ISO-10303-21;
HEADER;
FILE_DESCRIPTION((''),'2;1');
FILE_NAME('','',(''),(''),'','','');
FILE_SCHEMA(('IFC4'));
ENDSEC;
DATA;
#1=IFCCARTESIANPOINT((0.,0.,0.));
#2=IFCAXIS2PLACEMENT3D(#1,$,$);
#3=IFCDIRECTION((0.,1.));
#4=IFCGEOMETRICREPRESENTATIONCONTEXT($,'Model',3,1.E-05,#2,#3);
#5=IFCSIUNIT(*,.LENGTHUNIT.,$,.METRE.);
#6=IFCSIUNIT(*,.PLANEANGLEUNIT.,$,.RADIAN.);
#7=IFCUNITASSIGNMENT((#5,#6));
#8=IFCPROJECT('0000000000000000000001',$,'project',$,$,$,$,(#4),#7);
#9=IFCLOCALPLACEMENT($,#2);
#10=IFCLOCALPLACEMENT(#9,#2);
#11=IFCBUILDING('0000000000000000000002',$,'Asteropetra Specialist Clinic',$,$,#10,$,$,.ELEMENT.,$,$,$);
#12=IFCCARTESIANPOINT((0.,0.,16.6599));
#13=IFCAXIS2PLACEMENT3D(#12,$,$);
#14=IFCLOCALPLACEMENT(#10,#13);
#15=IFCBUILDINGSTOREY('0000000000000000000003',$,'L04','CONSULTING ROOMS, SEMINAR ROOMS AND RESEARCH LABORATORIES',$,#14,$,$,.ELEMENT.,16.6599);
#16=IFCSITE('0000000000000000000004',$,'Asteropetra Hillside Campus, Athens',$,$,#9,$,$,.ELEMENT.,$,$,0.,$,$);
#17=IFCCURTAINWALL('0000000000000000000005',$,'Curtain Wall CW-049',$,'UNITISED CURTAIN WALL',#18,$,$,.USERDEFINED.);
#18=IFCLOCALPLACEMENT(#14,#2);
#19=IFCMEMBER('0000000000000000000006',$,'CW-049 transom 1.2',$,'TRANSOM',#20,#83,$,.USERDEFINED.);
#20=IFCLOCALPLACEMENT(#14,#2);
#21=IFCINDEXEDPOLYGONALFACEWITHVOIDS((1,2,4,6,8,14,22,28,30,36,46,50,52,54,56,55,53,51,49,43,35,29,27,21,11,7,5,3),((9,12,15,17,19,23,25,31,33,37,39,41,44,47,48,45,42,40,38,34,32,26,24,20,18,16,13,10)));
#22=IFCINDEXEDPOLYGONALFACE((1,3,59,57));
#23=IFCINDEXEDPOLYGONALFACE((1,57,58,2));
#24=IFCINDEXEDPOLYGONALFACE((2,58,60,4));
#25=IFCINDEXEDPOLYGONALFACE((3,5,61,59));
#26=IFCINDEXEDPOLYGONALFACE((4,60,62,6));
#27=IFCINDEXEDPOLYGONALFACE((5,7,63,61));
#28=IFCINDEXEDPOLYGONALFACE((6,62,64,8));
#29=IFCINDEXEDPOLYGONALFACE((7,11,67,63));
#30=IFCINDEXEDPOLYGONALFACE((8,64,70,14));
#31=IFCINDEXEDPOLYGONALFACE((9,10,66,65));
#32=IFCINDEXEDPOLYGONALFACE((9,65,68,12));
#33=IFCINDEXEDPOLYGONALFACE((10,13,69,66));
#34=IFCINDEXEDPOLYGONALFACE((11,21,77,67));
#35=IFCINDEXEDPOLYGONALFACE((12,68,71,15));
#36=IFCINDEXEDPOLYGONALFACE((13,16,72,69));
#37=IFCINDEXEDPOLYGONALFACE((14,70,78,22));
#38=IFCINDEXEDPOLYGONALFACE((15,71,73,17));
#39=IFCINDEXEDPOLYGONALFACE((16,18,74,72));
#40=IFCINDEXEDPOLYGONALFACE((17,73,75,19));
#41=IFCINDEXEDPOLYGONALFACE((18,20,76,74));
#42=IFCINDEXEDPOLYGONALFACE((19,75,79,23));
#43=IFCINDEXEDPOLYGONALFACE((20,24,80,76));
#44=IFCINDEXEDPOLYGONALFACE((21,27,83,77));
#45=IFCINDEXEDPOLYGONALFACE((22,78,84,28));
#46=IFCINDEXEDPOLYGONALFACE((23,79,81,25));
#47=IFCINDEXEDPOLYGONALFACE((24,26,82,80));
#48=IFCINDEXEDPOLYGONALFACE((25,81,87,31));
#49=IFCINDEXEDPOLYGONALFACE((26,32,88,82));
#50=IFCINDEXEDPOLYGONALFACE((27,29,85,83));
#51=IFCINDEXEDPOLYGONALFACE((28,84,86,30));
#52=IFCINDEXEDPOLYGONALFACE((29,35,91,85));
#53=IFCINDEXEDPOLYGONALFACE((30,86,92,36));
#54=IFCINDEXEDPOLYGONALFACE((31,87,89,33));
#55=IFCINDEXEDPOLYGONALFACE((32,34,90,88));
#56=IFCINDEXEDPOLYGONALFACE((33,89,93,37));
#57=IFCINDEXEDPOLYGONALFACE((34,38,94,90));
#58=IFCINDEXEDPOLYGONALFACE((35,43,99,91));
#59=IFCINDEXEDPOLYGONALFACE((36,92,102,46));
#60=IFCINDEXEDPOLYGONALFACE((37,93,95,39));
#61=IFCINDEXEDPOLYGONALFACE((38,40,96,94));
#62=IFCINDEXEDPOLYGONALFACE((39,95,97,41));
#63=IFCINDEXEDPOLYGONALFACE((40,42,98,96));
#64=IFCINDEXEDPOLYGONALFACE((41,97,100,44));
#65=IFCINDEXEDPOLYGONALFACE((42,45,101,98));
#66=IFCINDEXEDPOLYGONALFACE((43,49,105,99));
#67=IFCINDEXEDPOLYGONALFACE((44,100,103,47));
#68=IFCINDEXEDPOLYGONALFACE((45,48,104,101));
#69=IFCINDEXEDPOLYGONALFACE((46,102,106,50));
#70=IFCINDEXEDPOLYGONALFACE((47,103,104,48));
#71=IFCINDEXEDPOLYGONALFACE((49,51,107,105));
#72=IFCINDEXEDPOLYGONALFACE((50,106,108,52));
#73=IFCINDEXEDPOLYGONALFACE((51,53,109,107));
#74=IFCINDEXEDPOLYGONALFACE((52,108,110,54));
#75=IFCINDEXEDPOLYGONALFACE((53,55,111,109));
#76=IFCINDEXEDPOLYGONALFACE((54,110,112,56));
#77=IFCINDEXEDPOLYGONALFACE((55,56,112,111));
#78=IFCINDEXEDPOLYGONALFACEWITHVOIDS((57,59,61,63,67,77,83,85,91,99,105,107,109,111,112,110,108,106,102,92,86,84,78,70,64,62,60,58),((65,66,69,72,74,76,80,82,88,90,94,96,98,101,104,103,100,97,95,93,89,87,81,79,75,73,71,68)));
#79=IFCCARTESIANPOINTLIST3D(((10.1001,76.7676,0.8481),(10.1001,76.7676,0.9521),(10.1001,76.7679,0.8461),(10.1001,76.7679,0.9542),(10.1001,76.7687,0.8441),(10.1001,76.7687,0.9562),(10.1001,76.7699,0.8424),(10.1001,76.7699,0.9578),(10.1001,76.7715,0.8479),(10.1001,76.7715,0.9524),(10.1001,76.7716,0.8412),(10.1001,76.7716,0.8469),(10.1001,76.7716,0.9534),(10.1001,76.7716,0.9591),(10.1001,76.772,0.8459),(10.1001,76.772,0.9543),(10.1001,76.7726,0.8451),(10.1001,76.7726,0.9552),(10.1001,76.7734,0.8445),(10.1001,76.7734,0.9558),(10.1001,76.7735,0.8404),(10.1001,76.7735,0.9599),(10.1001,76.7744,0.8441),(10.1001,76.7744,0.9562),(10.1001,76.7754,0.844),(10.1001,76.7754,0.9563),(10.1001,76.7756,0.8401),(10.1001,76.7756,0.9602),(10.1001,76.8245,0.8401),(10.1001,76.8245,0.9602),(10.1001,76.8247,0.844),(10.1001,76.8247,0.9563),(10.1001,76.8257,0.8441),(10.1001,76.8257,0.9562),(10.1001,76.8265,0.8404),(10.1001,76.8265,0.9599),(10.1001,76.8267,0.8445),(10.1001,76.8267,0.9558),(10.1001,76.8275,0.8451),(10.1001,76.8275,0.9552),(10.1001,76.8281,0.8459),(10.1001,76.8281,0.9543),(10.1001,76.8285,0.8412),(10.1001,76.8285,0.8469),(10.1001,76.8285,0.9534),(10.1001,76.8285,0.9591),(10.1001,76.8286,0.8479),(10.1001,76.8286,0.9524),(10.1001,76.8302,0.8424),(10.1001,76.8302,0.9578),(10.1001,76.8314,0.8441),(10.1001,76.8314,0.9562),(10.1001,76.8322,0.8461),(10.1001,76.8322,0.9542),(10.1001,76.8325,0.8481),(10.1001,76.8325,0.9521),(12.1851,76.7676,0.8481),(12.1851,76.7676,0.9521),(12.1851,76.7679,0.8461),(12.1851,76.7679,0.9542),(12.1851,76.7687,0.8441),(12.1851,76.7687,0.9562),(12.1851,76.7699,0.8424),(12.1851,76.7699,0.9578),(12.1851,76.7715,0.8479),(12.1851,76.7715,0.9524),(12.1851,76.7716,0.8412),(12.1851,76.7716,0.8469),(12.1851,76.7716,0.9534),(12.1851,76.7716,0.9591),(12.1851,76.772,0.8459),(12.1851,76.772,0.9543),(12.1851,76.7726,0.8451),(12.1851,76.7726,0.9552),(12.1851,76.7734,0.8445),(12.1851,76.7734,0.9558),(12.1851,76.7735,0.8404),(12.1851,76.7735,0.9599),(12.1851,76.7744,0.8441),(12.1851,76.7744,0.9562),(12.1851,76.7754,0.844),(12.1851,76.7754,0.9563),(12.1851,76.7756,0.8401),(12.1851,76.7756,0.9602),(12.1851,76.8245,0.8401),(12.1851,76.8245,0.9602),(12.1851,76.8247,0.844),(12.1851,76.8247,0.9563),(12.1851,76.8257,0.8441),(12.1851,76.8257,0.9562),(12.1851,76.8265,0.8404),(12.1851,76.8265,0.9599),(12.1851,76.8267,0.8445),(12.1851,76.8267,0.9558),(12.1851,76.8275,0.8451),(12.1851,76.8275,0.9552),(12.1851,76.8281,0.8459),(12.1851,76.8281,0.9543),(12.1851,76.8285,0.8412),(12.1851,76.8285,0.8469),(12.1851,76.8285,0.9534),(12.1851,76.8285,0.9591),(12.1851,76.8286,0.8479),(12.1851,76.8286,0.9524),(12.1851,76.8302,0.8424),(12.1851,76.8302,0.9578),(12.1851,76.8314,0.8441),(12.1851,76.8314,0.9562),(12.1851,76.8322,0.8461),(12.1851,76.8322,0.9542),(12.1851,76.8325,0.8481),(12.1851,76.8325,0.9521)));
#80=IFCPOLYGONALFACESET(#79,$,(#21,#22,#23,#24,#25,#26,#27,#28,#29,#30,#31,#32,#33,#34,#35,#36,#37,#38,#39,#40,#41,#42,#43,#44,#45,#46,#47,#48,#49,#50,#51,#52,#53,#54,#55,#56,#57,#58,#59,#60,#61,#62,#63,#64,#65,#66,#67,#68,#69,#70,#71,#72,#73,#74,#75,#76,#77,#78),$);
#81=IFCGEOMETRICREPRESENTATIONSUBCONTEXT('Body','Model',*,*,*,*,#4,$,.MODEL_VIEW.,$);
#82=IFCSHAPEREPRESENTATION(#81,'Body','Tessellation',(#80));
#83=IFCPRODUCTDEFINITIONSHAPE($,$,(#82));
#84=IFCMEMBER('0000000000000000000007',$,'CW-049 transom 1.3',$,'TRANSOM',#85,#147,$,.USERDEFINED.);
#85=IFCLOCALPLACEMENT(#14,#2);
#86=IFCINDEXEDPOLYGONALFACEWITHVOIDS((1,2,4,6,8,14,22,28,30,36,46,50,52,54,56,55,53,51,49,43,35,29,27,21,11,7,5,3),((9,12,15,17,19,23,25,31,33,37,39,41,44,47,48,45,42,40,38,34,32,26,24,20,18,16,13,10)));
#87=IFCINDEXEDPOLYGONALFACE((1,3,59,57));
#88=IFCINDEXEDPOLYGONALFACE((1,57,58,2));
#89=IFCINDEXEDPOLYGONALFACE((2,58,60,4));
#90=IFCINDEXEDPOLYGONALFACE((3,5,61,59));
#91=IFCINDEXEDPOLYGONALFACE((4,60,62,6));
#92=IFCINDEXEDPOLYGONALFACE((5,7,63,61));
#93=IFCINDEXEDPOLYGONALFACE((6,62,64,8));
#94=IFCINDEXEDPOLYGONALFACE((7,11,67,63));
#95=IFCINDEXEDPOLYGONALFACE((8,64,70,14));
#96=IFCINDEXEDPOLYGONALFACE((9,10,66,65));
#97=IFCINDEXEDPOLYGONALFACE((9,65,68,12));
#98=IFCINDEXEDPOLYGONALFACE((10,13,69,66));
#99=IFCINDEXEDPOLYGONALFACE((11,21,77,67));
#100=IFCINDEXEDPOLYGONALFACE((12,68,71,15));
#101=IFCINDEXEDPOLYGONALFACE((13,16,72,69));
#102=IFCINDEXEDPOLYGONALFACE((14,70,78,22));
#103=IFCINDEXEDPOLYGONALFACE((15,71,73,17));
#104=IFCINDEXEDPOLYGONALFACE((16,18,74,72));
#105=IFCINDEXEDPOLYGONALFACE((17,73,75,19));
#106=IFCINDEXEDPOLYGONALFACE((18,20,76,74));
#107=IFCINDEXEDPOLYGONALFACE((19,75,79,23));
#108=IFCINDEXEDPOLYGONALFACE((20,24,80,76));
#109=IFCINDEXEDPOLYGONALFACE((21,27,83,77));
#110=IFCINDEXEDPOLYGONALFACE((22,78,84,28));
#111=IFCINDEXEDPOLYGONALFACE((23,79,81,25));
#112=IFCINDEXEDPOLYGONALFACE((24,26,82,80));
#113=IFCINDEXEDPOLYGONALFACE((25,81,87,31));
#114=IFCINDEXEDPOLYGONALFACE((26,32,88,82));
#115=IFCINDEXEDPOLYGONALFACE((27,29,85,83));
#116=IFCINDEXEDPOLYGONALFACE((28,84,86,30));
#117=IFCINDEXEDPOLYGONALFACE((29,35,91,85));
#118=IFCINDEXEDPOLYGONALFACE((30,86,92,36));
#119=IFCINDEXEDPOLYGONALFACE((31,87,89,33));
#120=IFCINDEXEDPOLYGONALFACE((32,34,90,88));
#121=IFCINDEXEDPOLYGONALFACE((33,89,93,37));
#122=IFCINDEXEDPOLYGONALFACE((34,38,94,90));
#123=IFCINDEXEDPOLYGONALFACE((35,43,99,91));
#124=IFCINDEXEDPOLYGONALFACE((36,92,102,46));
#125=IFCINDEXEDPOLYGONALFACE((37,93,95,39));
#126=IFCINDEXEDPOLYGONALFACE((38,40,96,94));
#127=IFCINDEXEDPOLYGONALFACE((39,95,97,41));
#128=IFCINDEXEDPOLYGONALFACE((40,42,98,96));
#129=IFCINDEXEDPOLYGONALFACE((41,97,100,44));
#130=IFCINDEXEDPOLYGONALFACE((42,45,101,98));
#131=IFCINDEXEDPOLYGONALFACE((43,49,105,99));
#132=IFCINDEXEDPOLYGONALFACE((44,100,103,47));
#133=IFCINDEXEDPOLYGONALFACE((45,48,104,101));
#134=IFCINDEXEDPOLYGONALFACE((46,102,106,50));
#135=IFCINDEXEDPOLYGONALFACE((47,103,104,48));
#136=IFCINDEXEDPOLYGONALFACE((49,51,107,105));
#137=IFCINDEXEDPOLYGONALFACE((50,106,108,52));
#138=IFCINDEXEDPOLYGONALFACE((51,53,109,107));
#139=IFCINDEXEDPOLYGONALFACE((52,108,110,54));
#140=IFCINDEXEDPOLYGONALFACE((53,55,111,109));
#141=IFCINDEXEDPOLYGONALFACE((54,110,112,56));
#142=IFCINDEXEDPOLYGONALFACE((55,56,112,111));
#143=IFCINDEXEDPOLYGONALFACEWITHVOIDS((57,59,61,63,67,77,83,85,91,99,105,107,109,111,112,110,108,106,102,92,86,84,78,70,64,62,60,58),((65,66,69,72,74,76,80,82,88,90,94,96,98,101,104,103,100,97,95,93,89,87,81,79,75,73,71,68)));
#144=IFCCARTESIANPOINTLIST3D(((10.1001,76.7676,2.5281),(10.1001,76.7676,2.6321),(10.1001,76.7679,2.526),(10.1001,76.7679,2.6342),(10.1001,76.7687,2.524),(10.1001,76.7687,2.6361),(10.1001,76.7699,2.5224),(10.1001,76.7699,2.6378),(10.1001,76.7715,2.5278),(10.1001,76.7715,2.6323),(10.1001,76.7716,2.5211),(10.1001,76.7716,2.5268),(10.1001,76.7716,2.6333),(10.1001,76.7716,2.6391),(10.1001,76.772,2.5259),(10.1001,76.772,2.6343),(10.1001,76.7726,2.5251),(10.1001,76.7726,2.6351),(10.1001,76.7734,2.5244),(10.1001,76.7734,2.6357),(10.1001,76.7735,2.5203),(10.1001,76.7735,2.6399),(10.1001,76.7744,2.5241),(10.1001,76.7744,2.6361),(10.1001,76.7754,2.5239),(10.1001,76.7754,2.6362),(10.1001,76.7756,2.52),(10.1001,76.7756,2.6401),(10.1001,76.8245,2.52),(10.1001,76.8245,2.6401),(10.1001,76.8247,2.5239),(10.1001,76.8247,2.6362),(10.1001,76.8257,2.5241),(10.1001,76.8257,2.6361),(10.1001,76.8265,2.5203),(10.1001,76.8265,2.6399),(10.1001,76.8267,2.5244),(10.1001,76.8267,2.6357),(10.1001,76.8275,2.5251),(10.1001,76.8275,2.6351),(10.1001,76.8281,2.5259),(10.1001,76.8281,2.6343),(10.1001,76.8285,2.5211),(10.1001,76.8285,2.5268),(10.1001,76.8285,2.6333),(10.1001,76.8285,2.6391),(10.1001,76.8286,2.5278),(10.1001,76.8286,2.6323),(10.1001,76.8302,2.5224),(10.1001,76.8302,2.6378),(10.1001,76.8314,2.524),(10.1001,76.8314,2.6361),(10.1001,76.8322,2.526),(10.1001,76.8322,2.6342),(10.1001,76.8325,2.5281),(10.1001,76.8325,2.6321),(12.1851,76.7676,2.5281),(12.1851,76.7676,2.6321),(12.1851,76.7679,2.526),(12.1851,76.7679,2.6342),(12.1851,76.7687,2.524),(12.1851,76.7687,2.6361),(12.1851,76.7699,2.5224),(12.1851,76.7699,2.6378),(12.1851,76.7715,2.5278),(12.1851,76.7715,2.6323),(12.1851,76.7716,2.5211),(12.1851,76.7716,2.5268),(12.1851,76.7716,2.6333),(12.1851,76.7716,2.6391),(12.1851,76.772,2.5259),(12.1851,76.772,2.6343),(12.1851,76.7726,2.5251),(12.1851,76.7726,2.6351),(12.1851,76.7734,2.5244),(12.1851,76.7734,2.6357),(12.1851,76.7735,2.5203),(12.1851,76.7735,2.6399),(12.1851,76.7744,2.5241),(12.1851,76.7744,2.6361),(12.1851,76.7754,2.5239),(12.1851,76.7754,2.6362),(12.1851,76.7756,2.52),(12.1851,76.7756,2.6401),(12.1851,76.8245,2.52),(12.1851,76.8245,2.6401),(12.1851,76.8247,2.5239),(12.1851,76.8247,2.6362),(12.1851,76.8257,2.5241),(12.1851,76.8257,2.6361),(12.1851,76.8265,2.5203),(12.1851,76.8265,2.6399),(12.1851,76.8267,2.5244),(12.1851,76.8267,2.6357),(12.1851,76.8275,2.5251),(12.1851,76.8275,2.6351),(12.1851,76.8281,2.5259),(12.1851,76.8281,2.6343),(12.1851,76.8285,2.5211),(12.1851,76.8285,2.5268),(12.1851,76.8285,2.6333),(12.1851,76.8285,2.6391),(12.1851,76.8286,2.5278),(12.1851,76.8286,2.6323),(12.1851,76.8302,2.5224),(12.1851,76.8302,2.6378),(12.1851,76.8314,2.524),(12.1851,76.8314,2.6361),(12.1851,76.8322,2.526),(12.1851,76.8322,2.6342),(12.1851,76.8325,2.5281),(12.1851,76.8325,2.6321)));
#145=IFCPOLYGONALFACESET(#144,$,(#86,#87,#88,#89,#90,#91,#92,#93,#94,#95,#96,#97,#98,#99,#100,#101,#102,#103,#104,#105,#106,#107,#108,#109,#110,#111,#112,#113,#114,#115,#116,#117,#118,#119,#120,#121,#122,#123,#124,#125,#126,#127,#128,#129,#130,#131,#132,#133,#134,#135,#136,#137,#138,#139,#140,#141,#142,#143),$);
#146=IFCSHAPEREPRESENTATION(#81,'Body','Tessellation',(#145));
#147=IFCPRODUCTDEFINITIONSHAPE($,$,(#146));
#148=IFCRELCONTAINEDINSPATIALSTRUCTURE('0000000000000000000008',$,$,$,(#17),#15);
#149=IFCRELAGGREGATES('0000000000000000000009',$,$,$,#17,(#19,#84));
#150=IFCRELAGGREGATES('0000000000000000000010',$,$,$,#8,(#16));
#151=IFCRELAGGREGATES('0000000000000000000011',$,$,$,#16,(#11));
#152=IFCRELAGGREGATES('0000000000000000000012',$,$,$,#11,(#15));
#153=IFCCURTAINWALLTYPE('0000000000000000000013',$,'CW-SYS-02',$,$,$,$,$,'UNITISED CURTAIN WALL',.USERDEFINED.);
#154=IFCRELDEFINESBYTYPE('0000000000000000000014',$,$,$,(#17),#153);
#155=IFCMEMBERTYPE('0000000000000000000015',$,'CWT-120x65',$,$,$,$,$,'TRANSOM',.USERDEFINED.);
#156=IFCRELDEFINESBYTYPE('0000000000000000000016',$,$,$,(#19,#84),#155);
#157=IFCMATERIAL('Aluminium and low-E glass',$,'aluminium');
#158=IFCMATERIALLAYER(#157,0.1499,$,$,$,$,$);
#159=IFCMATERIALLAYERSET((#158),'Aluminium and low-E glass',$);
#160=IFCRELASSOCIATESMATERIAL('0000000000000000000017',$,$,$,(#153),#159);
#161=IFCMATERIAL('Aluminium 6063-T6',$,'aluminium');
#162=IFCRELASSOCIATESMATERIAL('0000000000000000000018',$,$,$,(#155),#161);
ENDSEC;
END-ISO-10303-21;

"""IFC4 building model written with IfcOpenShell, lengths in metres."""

from ifc_helpers import new_model, si_unit, direction, frame, origin, origin_2d, place, context, subcontext, project, spatial, hollow_rectangle, extrude, material, layer, layer_set, material_profile, profile_set, type_object, element, aggregate, save


model = new_model("IFC4")

# Units and contexts
model_context = context("Model", 3, precision=1e-05, world=origin(), true_north=direction((0.0, 1.0)))
body_context = subcontext(model_context, "Body", "Model", "MODEL_VIEW")
ifc_project = project(units=[si_unit("LENGTHUNIT", "METRE"), si_unit("PLANEANGLEUNIT", "RADIAN")], contexts=[model_context])

# Site, building, storey
site_placement = place(None, origin())
site = spatial("IfcSite", under=ifc_project, at=site_placement, Name="Asteropetra Hillside Campus, Athens", CompositionType="ELEMENT", RefElevation=0.0)
building_placement = place(site_placement, origin())
building = spatial("IfcBuilding", under=site, at=building_placement, Name="Asteropetra Specialist Clinic", CompositionType="ELEMENT")
storey_placement = place(building_placement, frame((0.0, 0.0, 16.6599)))
storey = spatial("IfcBuildingStorey", under=building, at=storey_placement, Name="L04", Description="CONSULTING ROOMS, SEMINAR ROOMS AND RESEARCH LABORATORIES", CompositionType="ELEMENT", Elevation=16.6599)

# Curtain wall, members
ifc_material_1 = material(Name="Aluminium and low-E glass", Category="aluminium")
ifc_layer_1 = layer(ifc_material_1, 0.1499)
ifc_layer_set_1 = layer_set([ifc_layer_1], Name="Aluminium and low-E glass")
curtain_wall_type = type_object("IfcCurtainWallType", Name="CW-SYS-02", ElementType="UNITISED CURTAIN WALL", PredefinedType="USERDEFINED", material=ifc_layer_set_1)
curtain_wall_placement = place(storey_placement, origin())
curtain_wall = element("IfcCurtainWall", 1, at=curtain_wall_placement, inside=storey, type_object=curtain_wall_type, Name="Curtain Wall CW-049", ObjectType="UNITISED CURTAIN WALL", PredefinedType="USERDEFINED")
ifc_material_2 = material(Name="Aluminium 6063-T6", Category="aluminium")
ifc_material_profile_1 = material_profile(ifc_material_2, hollow_rectangle(XDim=0.0649, YDim=0.1201, WallThickness=0.0039, InnerFilletRadius=0.0039, OuterFilletRadius=0.0081, at=origin_2d()), Name="TRN 120x65x4.0")
ifc_profile_set_1 = profile_set([ifc_material_profile_1], Name="Aluminium 6063-T6")
member_type_1 = type_object("IfcMemberType", Name="CWT-120x65", ElementType="TRANSOM", PredefinedType="USERDEFINED", material=ifc_profile_set_1)
member_1_placement = place(storey_placement, frame((10.1001, 76.8, 0.9001), z_axis=(1.0, 0.0, 0.0), x_axis=(0.0, 1.0, 0.0)))
member_1 = element("IfcMember", 2, at=member_1_placement, type_object=member_type_1, Name="CW-049 transom 1.2", ObjectType="TRANSOM", PredefinedType="USERDEFINED", context=body_context, shape_type="SweptSolid", body=[
    extrude(hollow_rectangle(XDim=0.0649, YDim=0.1201, WallThickness=0.0039, InnerFilletRadius=0.0039, OuterFilletRadius=0.0081, at=origin_2d()), origin(), (0.0, 0.0, 1.0), 2.085),
])
member_2_placement = place(storey_placement, frame((10.1001, 76.8, 2.5801), z_axis=(1.0, 0.0, 0.0), x_axis=(0.0, 1.0, 0.0)))
member_2 = element("IfcMember", 3, at=member_2_placement, type_object=member_type_1, Name="CW-049 transom 1.3", ObjectType="TRANSOM", PredefinedType="USERDEFINED", context=body_context, shape_type="SweptSolid", body=[
    extrude(hollow_rectangle(XDim=0.0649, YDim=0.1201, WallThickness=0.0039, InnerFilletRadius=0.0039, OuterFilletRadius=0.0081, at=origin_2d()), origin(), (0.0, 0.0, 1.0), 2.085),
])

aggregate(curtain_wall, [member_1, member_2])

save(model, "model.ifc")
